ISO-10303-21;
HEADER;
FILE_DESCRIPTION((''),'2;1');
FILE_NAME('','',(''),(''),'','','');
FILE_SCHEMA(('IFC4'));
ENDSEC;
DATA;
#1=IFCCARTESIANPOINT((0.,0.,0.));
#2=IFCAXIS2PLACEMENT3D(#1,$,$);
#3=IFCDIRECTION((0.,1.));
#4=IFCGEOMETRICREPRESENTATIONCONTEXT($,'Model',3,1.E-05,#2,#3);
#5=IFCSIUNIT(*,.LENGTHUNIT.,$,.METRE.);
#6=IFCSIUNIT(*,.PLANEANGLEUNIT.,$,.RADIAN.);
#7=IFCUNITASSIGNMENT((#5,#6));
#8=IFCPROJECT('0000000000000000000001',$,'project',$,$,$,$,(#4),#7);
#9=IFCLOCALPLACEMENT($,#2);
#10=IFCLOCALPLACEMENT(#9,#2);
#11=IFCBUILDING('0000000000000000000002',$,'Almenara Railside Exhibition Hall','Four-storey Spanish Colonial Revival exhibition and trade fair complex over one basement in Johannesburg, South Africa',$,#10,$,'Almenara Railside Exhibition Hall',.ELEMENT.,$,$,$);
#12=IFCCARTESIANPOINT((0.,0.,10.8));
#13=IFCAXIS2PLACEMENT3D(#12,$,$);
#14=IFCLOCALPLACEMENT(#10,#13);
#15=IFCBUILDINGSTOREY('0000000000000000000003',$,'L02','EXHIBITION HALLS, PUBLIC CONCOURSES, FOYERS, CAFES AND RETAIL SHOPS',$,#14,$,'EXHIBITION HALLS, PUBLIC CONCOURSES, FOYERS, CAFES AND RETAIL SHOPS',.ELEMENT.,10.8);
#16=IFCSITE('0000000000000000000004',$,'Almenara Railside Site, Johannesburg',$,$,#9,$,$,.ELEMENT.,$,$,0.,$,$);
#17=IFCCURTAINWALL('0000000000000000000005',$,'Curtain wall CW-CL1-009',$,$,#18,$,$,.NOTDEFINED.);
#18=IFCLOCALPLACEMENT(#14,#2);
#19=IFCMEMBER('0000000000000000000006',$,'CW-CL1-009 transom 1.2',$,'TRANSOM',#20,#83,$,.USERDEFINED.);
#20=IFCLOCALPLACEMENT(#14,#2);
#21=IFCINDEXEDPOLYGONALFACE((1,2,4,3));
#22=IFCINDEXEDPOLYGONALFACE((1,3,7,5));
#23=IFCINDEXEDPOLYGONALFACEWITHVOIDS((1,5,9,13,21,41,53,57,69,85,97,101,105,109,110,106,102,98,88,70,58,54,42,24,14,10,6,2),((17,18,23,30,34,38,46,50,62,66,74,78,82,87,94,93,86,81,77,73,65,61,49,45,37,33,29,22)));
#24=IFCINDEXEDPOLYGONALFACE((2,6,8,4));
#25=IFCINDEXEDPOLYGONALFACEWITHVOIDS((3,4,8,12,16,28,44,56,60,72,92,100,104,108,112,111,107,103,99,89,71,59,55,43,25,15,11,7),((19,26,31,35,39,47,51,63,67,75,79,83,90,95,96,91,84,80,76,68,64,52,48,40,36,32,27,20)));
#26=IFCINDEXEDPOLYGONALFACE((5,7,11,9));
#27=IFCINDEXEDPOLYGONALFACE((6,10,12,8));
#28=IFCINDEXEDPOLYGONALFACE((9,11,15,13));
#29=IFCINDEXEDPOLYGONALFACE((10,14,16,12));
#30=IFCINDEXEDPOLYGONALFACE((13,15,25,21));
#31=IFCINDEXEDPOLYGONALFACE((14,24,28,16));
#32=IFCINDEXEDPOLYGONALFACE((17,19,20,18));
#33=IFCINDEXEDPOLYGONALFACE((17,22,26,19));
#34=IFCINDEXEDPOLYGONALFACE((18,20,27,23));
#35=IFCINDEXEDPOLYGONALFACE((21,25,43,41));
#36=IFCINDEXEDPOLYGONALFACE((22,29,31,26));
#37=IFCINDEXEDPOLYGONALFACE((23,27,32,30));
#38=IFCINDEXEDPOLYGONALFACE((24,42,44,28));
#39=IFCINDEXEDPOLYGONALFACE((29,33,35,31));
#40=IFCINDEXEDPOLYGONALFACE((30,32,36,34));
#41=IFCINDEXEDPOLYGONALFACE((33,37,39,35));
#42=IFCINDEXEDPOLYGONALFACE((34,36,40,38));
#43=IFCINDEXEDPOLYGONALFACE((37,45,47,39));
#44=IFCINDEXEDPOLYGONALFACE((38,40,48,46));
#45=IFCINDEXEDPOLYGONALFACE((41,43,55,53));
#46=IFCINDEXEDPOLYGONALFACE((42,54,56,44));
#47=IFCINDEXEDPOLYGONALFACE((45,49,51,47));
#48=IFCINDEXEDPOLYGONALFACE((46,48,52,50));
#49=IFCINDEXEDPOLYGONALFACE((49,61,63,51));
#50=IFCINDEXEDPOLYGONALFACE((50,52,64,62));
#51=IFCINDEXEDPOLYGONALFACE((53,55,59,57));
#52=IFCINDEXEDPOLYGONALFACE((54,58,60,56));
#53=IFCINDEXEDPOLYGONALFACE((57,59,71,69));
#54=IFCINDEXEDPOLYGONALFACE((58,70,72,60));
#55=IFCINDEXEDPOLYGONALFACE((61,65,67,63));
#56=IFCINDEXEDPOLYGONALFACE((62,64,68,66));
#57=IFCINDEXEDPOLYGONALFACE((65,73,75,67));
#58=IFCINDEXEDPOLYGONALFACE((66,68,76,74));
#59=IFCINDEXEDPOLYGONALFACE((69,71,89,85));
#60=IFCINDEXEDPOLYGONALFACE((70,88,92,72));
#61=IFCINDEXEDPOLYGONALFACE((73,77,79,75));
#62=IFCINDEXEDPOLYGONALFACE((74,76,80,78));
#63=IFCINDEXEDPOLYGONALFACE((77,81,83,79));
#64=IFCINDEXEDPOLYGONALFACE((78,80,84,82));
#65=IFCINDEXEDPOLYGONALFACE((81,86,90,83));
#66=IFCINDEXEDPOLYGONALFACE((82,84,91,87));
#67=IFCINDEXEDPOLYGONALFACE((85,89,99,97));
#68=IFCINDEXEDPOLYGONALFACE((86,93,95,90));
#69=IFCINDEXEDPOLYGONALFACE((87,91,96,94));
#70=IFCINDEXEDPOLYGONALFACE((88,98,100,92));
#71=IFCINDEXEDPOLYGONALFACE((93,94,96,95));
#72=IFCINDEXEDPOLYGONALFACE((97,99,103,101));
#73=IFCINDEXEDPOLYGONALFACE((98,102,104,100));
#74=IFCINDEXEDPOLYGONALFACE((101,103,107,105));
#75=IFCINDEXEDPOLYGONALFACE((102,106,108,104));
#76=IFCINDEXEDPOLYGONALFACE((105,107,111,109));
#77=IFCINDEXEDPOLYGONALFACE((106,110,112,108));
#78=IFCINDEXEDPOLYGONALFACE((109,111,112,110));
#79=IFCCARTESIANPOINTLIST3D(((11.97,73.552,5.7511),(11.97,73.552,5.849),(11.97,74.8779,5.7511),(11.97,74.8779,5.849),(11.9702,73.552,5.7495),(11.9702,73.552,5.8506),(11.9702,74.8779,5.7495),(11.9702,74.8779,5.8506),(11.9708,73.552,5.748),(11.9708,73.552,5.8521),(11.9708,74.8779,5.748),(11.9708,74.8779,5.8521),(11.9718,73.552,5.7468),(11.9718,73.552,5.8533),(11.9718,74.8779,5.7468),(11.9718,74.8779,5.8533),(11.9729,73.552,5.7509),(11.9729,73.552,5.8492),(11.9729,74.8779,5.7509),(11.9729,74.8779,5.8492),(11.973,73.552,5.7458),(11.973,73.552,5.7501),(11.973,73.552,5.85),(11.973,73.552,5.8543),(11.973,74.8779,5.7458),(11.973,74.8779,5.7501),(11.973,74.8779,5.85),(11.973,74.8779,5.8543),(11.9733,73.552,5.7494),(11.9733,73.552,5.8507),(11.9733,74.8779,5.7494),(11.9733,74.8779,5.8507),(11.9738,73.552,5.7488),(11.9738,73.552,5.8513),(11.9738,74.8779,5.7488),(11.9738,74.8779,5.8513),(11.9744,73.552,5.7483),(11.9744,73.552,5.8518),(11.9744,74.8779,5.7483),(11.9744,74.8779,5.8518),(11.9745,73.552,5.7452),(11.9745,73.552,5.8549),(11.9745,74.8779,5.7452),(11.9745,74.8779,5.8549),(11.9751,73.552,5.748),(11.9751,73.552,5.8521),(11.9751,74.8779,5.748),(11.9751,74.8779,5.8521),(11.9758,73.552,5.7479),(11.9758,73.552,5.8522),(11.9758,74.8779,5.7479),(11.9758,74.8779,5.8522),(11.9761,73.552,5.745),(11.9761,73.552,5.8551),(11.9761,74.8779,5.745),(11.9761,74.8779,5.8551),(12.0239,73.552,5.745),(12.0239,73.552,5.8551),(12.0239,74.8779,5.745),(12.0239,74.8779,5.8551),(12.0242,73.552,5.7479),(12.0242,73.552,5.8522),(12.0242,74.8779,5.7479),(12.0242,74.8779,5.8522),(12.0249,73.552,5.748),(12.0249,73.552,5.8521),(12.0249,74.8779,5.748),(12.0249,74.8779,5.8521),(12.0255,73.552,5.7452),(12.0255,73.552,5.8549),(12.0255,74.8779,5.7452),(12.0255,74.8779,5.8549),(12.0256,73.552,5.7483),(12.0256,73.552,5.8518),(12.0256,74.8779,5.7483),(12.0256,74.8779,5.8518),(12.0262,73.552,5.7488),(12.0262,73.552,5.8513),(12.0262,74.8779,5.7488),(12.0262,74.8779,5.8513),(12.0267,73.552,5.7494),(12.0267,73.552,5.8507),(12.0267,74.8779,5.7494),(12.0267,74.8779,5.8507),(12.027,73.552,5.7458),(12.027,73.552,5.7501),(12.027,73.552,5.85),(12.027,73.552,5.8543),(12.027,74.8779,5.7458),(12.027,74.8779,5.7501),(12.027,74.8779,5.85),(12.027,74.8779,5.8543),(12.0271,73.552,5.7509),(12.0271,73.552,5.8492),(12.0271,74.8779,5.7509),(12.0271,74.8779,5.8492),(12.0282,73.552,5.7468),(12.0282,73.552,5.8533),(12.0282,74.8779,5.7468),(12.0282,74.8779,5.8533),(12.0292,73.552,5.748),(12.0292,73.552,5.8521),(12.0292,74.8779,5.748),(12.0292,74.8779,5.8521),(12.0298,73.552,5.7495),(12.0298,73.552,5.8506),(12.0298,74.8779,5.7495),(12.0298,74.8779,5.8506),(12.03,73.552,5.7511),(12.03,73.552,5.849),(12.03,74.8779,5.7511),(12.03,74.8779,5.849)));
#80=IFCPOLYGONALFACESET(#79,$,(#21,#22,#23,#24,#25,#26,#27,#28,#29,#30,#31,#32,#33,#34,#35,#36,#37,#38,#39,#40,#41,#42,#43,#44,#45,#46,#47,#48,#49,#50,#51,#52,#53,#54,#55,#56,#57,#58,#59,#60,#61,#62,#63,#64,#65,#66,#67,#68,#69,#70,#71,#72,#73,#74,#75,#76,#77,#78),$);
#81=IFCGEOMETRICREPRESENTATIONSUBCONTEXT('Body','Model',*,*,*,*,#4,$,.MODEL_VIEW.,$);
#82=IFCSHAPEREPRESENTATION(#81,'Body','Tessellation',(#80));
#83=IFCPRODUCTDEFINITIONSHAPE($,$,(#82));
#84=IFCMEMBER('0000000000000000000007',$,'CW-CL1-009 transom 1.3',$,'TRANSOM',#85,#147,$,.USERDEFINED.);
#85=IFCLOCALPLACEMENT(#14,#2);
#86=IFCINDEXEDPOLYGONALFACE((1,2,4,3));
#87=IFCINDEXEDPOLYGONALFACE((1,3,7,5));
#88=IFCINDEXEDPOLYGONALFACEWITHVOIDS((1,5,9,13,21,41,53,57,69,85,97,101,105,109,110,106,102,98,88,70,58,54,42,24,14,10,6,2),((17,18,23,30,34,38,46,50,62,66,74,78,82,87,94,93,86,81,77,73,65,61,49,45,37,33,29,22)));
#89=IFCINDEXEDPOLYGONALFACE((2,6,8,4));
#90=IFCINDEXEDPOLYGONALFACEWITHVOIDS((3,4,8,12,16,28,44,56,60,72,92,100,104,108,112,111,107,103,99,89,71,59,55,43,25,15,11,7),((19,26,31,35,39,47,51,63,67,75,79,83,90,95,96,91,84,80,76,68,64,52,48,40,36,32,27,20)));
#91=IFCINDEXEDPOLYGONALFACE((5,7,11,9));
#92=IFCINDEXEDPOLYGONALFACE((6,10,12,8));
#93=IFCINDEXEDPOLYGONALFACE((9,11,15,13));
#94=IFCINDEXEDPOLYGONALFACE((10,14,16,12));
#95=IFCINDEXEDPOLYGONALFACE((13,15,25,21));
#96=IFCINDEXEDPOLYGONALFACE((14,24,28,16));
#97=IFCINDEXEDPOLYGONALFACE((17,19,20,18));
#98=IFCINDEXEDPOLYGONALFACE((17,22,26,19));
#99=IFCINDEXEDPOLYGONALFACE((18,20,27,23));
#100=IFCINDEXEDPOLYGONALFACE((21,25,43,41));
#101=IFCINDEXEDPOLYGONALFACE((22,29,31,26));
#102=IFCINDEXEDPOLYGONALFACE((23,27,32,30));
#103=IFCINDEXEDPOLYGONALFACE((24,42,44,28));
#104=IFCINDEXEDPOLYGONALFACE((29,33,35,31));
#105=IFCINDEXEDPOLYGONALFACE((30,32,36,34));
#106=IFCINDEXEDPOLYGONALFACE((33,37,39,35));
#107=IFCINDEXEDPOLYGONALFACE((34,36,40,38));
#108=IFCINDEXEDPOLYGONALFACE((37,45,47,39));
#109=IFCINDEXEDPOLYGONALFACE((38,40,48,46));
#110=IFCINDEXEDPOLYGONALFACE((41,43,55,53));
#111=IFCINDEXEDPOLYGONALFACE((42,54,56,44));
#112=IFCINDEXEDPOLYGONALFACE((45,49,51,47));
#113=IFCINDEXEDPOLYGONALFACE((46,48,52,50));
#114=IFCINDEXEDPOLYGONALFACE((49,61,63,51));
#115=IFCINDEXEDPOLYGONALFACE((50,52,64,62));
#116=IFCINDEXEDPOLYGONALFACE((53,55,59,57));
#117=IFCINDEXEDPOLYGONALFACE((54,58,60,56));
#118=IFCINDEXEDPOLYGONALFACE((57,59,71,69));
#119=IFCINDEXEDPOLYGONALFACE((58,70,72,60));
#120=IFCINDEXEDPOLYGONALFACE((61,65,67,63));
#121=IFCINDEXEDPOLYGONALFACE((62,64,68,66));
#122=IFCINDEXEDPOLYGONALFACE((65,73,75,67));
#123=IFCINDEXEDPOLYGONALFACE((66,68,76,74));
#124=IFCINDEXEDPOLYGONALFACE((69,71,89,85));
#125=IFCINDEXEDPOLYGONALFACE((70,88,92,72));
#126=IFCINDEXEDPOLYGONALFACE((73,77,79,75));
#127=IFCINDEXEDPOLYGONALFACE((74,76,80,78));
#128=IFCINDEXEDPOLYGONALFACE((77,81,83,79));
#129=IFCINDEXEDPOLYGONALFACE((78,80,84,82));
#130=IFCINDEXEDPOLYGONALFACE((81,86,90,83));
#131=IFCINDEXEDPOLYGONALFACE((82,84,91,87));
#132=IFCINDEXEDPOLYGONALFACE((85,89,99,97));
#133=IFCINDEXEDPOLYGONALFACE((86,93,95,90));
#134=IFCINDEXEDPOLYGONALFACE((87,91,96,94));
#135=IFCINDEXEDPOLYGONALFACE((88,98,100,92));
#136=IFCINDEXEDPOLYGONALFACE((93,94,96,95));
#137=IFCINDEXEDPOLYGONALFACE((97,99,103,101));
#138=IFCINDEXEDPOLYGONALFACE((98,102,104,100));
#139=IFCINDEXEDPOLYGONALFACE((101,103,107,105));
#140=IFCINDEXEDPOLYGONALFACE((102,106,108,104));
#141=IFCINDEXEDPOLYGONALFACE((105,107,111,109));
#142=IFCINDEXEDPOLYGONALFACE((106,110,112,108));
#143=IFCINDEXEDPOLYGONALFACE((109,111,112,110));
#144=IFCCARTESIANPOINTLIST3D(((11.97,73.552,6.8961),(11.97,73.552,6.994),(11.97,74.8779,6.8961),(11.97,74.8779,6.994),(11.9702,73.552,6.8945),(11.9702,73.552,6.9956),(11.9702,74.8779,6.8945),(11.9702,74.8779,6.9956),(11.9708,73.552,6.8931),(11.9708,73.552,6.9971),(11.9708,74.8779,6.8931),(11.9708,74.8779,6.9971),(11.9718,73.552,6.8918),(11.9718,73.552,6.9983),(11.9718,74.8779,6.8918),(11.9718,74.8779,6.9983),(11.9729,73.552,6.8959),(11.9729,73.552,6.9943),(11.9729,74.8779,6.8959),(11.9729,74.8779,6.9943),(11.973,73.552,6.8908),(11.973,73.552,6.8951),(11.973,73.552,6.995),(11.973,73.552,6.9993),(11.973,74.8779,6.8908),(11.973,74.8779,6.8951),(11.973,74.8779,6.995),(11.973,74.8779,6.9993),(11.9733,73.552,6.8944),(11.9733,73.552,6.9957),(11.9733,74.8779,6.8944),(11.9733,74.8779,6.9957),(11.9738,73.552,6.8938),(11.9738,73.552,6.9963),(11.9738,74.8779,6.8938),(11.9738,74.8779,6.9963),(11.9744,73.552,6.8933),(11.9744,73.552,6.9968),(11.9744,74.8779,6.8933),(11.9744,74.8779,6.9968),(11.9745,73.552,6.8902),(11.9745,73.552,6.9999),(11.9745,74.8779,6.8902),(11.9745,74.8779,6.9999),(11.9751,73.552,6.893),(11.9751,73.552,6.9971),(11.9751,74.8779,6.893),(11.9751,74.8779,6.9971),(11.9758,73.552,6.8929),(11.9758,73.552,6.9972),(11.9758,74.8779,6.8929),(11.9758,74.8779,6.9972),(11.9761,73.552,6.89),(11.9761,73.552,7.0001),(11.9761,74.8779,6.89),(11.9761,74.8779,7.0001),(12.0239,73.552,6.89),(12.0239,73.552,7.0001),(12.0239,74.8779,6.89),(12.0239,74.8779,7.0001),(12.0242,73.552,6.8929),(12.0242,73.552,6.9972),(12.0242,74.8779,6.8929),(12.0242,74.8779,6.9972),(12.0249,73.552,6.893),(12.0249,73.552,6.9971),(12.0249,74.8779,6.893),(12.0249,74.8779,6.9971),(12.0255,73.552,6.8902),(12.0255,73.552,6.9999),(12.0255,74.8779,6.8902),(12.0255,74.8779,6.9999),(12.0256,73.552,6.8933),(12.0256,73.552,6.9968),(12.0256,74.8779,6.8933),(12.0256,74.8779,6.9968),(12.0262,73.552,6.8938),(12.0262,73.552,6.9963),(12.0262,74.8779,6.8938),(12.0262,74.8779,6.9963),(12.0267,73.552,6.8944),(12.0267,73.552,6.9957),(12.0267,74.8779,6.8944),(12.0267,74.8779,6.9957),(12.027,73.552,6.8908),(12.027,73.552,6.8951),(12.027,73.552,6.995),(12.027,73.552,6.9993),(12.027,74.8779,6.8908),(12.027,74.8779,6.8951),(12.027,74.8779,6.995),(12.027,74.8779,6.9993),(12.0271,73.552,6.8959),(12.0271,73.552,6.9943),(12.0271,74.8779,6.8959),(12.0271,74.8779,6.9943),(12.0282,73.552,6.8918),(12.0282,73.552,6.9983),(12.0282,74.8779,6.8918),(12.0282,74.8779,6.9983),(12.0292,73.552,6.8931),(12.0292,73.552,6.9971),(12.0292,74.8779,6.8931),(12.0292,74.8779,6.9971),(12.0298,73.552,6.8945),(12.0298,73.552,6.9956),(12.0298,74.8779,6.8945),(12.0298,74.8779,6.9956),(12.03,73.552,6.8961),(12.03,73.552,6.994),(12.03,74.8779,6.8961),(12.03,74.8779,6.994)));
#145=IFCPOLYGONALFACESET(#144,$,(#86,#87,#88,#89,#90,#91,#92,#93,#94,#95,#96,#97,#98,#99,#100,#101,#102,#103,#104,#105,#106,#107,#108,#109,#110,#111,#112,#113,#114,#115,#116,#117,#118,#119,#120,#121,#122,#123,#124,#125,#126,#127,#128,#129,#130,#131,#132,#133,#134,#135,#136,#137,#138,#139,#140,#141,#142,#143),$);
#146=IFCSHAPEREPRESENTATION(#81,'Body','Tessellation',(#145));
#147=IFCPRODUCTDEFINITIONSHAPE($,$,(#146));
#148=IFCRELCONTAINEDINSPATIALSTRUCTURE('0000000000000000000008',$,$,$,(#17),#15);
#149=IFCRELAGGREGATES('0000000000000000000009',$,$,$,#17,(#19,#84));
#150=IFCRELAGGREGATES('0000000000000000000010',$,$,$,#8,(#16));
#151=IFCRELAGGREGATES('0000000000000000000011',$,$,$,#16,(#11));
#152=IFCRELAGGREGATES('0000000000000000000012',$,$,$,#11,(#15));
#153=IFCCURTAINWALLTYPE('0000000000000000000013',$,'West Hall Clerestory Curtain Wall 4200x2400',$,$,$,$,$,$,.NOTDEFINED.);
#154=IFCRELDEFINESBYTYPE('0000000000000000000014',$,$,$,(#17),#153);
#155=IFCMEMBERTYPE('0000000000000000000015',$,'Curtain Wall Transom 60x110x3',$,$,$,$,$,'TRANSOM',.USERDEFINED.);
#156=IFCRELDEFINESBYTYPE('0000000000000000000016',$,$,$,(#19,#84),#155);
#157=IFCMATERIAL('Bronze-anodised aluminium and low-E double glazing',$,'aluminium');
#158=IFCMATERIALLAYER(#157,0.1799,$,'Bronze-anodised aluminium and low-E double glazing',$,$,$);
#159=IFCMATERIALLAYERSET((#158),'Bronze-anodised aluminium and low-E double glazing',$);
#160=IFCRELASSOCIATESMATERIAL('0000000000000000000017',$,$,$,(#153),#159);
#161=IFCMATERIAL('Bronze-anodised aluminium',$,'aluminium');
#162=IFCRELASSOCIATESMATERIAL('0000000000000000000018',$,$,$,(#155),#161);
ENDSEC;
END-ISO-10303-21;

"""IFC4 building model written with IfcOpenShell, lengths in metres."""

from ifc_helpers import new_model, si_unit, direction, frame, origin, origin_2d, place, context, subcontext, project, spatial, hollow_rectangle, extrude, material, layer, layer_set, material_profile, profile_set, type_object, element, aggregate, save


model = new_model("IFC4")

# Units and contexts
model_context = context("Model", 3, precision=1e-05, world=origin(), true_north=direction((0.0, 1.0)))
body_context = subcontext(model_context, "Body", "Model", "MODEL_VIEW")
ifc_project = project(units=[si_unit("LENGTHUNIT", "METRE"), si_unit("PLANEANGLEUNIT", "RADIAN")], contexts=[model_context])

# Site, building, storey
site_placement = place(None, origin())
site = spatial("IfcSite", under=ifc_project, at=site_placement, Name="Almenara Railside Site, Johannesburg", CompositionType="ELEMENT", RefElevation=0.0)
building_placement = place(site_placement, origin())
building = spatial("IfcBuilding", under=site, at=building_placement, Name="Almenara Railside Exhibition Hall", Description="Four-storey Spanish Colonial Revival exhibition and trade fair complex over one basement in Johannesburg, South Africa", LongName="Almenara Railside Exhibition Hall", CompositionType="ELEMENT")
storey_placement = place(building_placement, frame((0.0, 0.0, 10.8)))
storey = spatial("IfcBuildingStorey", under=building, at=storey_placement, Name="L02", Description="EXHIBITION HALLS, PUBLIC CONCOURSES, FOYERS, CAFES AND RETAIL SHOPS", LongName="EXHIBITION HALLS, PUBLIC CONCOURSES, FOYERS, CAFES AND RETAIL SHOPS", CompositionType="ELEMENT", Elevation=10.8)

# Curtain wall, members
ifc_material_1 = material(Name="Bronze-anodised aluminium and low-E double glazing", Category="aluminium")
ifc_layer_1 = layer(ifc_material_1, 0.1799, Name="Bronze-anodised aluminium and low-E double glazing")
ifc_layer_set_1 = layer_set([ifc_layer_1], Name="Bronze-anodised aluminium and low-E double glazing")
curtain_wall_type = type_object("IfcCurtainWallType", Name="West Hall Clerestory Curtain Wall 4200x2400", PredefinedType="NOTDEFINED", material=ifc_layer_set_1)
curtain_wall_placement = place(storey_placement, origin())
curtain_wall = element("IfcCurtainWall", 1, at=curtain_wall_placement, inside=storey, type_object=curtain_wall_type, Name="Curtain wall CW-CL1-009", PredefinedType="NOTDEFINED")
ifc_material_2 = material(Name="Bronze-anodised aluminium", Category="aluminium")
ifc_material_profile_1 = material_profile(ifc_material_2, hollow_rectangle(XDim=0.0601, YDim=0.1101, WallThickness=0.0029, InnerFilletRadius=0.0029, OuterFilletRadius=0.0061, at=origin_2d()), Name="ALU-TRN 60x110x3")
ifc_profile_set_1 = profile_set([ifc_material_profile_1], Name="Bronze-anodised aluminium")
member_type_1 = type_object("IfcMemberType", Name="Curtain Wall Transom 60x110x3", ElementType="TRANSOM", PredefinedType="USERDEFINED", material=ifc_profile_set_1)
member_1_placement = place(storey_placement, frame((12.0, 73.552, 5.8), z_axis=(0.0, 1.0, 0.0), x_axis=(-1.0, 0.0, 0.0)))
member_1 = element("IfcMember", 2, at=member_1_placement, type_object=member_type_1, Name="CW-CL1-009 transom 1.2", ObjectType="TRANSOM", PredefinedType="USERDEFINED", context=body_context, shape_type="SweptSolid", body=[
    extrude(hollow_rectangle(XDim=0.0601, YDim=0.1101, WallThickness=0.0029, InnerFilletRadius=0.0029, OuterFilletRadius=0.0061, at=origin_2d()), origin(), (0.0, 0.0, 1.0), 1.3259),
])
member_2_placement = place(storey_placement, frame((12.0, 73.552, 6.9451), z_axis=(0.0, 1.0, 0.0), x_axis=(-1.0, 0.0, 0.0)))
member_2 = element("IfcMember", 3, at=member_2_placement, type_object=member_type_1, Name="CW-CL1-009 transom 1.3", ObjectType="TRANSOM", PredefinedType="USERDEFINED", context=body_context, shape_type="SweptSolid", body=[
    extrude(hollow_rectangle(XDim=0.0601, YDim=0.1101, WallThickness=0.0029, InnerFilletRadius=0.0029, OuterFilletRadius=0.0061, at=origin_2d()), origin(), (0.0, 0.0, 1.0), 1.3259),
])

aggregate(curtain_wall, [member_1, member_2])

save(model, "model.ifc")
